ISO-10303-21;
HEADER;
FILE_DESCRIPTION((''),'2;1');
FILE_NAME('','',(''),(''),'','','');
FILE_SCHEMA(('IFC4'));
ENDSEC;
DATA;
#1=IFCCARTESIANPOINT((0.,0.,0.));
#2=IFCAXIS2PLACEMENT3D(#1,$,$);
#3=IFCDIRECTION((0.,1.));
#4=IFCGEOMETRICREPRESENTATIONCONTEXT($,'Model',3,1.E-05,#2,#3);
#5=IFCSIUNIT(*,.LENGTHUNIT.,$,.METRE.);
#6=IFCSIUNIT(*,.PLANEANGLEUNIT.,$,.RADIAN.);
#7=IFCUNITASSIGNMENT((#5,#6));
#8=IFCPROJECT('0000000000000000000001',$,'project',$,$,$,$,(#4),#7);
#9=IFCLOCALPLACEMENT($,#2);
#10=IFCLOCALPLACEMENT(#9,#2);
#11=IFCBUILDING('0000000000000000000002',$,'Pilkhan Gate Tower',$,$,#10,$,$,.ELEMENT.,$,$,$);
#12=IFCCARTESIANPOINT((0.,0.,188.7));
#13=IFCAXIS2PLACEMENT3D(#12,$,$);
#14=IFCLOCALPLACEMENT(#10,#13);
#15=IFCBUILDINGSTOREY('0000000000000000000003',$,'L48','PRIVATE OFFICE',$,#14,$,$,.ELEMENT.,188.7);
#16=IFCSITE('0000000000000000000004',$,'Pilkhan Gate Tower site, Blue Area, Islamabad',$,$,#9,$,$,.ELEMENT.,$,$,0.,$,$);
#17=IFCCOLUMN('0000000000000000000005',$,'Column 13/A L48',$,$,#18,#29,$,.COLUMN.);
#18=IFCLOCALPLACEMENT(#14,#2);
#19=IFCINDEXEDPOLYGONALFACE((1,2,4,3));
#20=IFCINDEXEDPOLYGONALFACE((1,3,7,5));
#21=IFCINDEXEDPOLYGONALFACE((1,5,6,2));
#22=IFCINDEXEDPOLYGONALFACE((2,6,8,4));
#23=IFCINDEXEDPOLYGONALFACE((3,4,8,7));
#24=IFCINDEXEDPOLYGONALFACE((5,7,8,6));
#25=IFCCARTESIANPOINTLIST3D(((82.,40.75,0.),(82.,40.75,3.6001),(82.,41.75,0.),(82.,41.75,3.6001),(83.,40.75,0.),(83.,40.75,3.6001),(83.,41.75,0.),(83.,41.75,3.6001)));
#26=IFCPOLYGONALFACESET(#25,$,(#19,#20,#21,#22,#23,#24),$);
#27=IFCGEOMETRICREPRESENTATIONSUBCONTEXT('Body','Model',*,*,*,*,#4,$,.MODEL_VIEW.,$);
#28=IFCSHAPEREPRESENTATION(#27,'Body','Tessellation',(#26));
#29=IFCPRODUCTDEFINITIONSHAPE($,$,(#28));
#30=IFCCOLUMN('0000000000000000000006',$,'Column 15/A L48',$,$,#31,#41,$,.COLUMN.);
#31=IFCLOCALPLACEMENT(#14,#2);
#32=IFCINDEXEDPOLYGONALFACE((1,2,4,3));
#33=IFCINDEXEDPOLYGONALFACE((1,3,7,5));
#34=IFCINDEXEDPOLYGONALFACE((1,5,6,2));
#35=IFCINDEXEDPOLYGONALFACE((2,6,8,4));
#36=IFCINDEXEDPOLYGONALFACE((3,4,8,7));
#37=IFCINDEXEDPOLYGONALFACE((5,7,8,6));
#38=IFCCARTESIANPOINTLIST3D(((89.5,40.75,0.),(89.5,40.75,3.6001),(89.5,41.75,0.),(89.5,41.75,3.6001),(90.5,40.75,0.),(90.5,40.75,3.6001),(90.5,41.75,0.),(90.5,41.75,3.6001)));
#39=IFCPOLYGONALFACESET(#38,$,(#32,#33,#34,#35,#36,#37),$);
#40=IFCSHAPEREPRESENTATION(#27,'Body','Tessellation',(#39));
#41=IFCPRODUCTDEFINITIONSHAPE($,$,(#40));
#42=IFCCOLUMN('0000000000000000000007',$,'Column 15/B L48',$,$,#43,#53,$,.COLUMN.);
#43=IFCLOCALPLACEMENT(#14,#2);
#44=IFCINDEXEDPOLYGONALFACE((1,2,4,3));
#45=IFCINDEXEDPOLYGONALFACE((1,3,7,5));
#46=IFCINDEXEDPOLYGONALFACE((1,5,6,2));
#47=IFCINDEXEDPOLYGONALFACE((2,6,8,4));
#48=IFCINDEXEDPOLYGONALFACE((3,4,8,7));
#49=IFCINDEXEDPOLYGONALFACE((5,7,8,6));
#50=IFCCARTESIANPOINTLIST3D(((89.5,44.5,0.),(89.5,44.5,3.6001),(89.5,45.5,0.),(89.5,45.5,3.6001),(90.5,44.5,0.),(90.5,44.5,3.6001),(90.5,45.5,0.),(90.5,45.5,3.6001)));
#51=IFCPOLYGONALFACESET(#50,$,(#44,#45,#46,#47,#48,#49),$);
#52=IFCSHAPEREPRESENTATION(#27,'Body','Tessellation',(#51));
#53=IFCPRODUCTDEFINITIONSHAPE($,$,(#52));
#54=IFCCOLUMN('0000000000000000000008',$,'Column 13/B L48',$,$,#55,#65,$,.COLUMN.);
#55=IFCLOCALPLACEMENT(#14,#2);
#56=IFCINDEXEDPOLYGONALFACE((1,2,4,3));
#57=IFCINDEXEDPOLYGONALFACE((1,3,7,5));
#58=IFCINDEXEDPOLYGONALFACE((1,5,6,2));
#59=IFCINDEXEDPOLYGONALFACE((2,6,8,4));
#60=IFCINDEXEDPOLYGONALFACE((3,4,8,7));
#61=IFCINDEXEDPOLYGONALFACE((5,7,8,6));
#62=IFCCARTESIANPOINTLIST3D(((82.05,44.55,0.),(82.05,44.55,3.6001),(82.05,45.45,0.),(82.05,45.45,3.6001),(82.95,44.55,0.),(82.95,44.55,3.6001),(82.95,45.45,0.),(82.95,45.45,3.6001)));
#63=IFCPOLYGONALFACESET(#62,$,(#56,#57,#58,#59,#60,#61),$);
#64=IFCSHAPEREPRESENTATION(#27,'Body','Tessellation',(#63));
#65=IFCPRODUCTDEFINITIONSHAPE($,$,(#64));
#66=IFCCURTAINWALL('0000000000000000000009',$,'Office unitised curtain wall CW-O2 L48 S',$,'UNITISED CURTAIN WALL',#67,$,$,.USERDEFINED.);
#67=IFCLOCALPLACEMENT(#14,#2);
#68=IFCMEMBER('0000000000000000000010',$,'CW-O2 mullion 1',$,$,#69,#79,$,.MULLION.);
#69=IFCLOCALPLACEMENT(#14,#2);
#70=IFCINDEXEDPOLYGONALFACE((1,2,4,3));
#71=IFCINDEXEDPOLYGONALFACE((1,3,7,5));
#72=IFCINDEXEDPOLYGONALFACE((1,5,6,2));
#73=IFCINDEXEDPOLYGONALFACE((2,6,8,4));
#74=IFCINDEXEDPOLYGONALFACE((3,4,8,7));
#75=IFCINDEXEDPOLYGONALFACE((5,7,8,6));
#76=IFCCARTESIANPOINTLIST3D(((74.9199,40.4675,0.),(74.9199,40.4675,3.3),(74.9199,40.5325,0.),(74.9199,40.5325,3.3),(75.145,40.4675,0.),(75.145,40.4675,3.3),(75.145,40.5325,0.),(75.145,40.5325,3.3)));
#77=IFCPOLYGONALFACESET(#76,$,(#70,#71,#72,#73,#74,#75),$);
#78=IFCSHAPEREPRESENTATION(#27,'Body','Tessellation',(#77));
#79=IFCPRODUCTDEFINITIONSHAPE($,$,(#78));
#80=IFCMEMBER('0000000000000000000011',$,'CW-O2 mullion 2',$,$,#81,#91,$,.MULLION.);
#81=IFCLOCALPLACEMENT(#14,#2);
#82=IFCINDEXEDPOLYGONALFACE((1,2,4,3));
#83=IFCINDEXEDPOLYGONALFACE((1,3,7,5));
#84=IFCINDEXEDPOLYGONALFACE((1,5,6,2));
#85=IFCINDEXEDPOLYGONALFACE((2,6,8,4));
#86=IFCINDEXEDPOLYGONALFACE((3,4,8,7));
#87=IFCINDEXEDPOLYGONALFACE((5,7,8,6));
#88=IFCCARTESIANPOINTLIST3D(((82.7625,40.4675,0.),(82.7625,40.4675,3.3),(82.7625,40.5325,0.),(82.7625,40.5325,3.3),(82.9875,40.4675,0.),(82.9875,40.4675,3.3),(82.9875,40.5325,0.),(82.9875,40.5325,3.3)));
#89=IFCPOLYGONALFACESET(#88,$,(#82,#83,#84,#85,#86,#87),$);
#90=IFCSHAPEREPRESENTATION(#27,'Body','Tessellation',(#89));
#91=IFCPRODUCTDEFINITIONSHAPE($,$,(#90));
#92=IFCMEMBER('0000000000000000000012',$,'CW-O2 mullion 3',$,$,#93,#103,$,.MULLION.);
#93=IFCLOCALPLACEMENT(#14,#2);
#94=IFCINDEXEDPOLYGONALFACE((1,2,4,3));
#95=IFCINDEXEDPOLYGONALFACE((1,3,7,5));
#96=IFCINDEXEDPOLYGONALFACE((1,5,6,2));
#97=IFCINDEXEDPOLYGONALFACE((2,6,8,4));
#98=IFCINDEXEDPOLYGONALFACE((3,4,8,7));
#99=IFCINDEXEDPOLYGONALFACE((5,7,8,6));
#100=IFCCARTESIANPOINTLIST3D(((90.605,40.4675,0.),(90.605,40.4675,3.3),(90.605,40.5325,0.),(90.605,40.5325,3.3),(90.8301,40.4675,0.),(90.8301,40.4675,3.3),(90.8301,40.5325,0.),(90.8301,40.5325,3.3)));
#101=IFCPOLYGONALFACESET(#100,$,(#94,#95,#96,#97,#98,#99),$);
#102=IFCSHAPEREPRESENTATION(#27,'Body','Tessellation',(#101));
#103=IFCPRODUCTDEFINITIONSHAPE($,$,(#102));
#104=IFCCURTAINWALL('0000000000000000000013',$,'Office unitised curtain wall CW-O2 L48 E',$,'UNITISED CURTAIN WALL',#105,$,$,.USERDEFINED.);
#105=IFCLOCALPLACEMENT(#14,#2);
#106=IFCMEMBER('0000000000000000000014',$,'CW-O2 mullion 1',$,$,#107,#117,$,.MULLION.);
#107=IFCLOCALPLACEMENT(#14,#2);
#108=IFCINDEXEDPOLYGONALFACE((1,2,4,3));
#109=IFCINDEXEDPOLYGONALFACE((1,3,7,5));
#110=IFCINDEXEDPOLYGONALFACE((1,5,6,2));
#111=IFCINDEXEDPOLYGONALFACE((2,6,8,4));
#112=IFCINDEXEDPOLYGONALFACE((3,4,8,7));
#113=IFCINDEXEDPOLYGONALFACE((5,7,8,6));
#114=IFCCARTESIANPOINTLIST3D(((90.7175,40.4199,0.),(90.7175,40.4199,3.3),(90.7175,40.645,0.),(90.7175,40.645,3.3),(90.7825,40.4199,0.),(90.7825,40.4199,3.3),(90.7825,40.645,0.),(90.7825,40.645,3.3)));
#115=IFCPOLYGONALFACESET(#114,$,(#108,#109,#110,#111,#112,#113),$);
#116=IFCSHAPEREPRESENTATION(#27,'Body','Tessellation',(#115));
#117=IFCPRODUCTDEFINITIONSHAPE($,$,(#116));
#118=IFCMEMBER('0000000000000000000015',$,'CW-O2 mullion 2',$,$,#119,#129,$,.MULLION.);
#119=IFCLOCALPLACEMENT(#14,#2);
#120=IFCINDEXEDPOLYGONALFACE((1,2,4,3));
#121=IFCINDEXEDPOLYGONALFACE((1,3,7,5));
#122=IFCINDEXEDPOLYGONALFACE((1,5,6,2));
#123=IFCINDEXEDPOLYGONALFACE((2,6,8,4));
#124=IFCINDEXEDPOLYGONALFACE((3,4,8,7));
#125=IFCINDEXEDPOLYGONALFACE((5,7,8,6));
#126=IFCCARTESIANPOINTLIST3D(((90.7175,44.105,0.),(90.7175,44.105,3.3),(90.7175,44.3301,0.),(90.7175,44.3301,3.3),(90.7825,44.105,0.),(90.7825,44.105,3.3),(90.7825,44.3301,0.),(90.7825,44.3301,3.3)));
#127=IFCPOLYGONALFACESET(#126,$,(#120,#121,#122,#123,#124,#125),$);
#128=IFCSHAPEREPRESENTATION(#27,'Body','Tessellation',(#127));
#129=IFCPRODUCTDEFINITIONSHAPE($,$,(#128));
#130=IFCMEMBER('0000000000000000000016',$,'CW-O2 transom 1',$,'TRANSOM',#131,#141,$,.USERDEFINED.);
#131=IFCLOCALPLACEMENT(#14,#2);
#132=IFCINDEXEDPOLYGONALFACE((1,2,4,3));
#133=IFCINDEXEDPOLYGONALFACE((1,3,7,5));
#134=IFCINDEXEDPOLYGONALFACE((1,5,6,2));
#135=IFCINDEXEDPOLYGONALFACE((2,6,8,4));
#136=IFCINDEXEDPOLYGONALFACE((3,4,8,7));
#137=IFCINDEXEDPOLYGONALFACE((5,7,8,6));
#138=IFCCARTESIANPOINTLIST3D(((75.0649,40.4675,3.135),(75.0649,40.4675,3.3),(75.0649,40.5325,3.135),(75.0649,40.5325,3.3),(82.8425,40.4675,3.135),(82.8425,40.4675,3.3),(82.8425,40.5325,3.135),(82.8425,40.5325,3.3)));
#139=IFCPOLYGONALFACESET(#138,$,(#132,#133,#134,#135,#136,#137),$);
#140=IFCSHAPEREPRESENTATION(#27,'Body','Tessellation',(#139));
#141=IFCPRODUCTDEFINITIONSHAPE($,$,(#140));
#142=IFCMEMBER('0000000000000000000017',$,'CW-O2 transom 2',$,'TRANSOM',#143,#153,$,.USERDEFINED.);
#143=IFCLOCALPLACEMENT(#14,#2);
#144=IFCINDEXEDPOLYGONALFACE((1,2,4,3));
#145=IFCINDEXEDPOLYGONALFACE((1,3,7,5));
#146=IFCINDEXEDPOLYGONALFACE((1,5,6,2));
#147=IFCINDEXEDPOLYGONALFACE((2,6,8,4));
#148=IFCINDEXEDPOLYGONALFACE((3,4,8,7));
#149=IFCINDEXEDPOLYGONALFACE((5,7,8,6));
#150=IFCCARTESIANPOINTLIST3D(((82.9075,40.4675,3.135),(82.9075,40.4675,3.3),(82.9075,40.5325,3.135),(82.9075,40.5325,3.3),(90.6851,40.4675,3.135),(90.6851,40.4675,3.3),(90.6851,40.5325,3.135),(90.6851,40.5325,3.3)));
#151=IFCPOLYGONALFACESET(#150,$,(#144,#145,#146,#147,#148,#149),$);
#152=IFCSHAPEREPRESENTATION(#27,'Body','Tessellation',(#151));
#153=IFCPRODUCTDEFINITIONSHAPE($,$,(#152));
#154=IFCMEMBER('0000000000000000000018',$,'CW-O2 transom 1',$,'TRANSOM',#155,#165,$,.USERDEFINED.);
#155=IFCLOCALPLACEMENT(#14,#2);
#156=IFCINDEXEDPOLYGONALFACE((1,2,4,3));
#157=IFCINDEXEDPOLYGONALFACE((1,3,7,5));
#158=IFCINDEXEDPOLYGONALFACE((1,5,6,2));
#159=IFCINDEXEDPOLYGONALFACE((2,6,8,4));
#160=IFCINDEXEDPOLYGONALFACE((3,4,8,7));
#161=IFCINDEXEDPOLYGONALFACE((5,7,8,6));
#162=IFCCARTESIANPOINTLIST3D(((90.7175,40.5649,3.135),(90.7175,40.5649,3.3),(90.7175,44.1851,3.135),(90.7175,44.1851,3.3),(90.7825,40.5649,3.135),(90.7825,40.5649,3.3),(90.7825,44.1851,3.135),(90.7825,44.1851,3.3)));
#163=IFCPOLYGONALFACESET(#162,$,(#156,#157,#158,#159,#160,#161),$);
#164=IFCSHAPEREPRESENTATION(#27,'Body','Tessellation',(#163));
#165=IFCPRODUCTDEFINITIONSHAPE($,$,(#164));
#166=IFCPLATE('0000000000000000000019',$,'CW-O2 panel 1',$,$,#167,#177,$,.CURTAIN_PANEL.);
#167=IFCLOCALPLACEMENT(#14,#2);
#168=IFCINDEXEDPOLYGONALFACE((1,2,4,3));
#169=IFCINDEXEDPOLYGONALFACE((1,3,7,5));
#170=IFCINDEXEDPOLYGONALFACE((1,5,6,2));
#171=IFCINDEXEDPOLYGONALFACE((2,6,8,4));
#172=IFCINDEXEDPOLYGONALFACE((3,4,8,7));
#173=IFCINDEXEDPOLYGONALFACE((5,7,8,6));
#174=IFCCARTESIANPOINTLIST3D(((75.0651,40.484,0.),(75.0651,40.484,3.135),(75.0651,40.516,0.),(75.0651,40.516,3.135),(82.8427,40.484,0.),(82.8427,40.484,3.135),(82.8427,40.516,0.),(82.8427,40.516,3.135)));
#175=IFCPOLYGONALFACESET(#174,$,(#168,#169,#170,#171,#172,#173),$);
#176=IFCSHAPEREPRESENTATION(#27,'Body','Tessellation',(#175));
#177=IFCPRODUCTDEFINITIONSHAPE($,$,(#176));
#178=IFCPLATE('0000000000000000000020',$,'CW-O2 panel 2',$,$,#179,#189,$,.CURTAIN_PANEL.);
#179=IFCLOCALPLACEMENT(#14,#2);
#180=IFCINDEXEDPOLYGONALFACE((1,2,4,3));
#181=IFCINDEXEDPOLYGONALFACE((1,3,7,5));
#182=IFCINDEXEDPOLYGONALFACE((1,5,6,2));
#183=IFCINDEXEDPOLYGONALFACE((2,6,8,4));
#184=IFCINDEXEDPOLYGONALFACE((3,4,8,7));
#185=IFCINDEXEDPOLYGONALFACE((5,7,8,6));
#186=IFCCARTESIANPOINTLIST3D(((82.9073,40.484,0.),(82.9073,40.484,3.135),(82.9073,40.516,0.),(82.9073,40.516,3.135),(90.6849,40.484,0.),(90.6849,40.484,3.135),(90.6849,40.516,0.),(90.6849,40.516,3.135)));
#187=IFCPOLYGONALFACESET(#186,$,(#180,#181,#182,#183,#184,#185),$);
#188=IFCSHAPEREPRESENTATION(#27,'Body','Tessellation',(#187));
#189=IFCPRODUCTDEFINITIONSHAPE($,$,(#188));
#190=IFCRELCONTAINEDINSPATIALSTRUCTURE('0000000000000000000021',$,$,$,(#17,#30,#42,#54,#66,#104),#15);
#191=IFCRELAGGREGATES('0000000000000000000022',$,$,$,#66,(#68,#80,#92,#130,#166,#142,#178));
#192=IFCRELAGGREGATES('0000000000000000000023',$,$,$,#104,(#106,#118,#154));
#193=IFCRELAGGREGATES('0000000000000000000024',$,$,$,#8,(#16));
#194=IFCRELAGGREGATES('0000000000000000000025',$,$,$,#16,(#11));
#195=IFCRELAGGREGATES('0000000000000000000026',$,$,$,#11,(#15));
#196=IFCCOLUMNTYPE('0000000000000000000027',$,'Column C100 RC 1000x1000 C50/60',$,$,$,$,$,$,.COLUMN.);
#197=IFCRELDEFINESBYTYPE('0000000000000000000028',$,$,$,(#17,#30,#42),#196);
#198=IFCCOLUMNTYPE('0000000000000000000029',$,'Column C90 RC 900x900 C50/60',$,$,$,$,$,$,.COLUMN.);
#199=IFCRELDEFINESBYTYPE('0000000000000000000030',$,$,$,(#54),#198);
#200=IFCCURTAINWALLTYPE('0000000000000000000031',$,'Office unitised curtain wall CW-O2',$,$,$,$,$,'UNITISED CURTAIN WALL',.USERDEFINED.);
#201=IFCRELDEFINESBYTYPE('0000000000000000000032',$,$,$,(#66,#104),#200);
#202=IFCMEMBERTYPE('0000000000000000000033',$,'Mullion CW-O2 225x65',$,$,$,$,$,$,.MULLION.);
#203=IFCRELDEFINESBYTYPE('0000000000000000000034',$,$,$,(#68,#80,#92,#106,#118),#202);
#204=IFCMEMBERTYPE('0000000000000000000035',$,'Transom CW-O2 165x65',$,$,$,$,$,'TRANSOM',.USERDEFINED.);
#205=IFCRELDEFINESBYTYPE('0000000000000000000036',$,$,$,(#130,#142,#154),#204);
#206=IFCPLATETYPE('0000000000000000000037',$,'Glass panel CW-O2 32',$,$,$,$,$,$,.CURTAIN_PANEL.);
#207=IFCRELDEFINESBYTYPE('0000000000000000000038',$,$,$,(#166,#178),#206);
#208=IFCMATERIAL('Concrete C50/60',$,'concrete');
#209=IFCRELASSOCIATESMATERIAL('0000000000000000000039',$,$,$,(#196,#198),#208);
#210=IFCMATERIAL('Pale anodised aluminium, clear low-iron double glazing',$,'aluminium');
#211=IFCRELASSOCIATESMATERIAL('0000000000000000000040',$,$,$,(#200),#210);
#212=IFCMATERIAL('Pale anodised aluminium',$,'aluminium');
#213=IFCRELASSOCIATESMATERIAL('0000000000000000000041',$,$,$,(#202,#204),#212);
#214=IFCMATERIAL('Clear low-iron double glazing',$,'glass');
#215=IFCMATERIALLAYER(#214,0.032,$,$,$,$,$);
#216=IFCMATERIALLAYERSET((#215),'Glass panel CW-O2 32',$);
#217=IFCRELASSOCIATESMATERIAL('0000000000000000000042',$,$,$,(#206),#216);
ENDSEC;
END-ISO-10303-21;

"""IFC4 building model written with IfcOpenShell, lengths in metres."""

from ifc_helpers import new_model, si_unit, direction, frame, origin, origin_2d, place, context, subcontext, project, spatial, rectangle, extrude, material, layer, layer_set, material_profile, profile_set, type_object, element, aggregate, save


model = new_model("IFC4")

# Units and contexts
model_context = context("Model", 3, precision=1e-05, world=origin(), true_north=direction((0.0, 1.0)))
body_context = subcontext(model_context, "Body", "Model", "MODEL_VIEW")
ifc_project = project(units=[si_unit("LENGTHUNIT", "METRE"), si_unit("PLANEANGLEUNIT", "RADIAN")], contexts=[model_context])

# Site, building, storey
site_placement = place(None, origin())
site = spatial("IfcSite", under=ifc_project, at=site_placement, Name="Pilkhan Gate Tower site, Blue Area, Islamabad", CompositionType="ELEMENT", RefElevation=0.0)
building_placement = place(site_placement, origin())
building = spatial("IfcBuilding", under=site, at=building_placement, Name="Pilkhan Gate Tower", CompositionType="ELEMENT")
storey_placement = place(building_placement, frame((0.0, 0.0, 188.7)))
storey = spatial("IfcBuildingStorey", under=building, at=storey_placement, Name="L48", Description="PRIVATE OFFICE", CompositionType="ELEMENT", Elevation=188.7)

# Columns
ifc_material_1 = material(Name="Concrete C50/60", Category="concrete")
ifc_material_profile_1 = material_profile(ifc_material_1, rectangle(XDim=1.0, YDim=1.0, at=origin_2d()), Name="RC 1000x1000")
ifc_profile_set_1 = profile_set([ifc_material_profile_1], Name="Concrete C50/60")
column_type_1 = type_object("IfcColumnType", Name="Column C100 RC 1000x1000 C50/60", PredefinedType="COLUMN", material=ifc_profile_set_1)
for number, where, z_axis, x_axis, name in (
    (1, (82.5, 41.25, 0.0), (0.0, 0.0, 1.0), (1.0, 0.0, 0.0), "Column 13/A L48"),
    (2, (90.0, 41.25, 0.0), (0.0, 0.0, 1.0), (1.0, 0.0, 0.0), "Column 15/A L48"),
    (3, (90.0, 45.0, 0.0), (0.0, 0.0, 1.0), (1.0, 0.0, 0.0), "Column 15/B L48"),
):
    element("IfcColumn", number, at=place(storey_placement, frame(where, z_axis=z_axis, x_axis=x_axis)), inside=storey, type_object=column_type_1, Name=name, PredefinedType="COLUMN", context=body_context, shape_type="SweptSolid", body=[
        extrude(rectangle(XDim=1.0, YDim=1.0, at=origin_2d()), origin(), (0.0, 0.0, 1.0), 3.6001),
    ])
ifc_material_profile_2 = material_profile(ifc_material_1, rectangle(XDim=0.8999, YDim=0.8999, at=origin_2d()), Name="RC 900x900")
ifc_profile_set_2 = profile_set([ifc_material_profile_2], Name="Concrete C50/60")
column_type_2 = type_object("IfcColumnType", Name="Column C90 RC 900x900 C50/60", PredefinedType="COLUMN", material=ifc_profile_set_2)
column_placement = place(storey_placement, frame((82.5, 45.0, 0.0), z_axis=(0.0, 0.0, 1.0), x_axis=(1.0, 0.0, 0.0)))
element("IfcColumn", 4, at=column_placement, inside=storey, type_object=column_type_2, Name="Column 13/B L48", PredefinedType="COLUMN", context=body_context, shape_type="SweptSolid", body=[
    extrude(rectangle(XDim=0.8999, YDim=0.8999, at=origin_2d()), origin(), (0.0, 0.0, 1.0), 3.6001),
])

# Curtain walls, members
ifc_material_2 = material(Name="Pale anodised aluminium, clear low-iron double glazing", Category="aluminium")
curtain_wall_type = type_object("IfcCurtainWallType", Name="Office unitised curtain wall CW-O2", ElementType="UNITISED CURTAIN WALL", PredefinedType="USERDEFINED", material=ifc_material_2)
curtain_wall_1_placement = place(storey_placement, origin())
curtain_wall_1 = element("IfcCurtainWall", 5, at=curtain_wall_1_placement, inside=storey, type_object=curtain_wall_type, Name="Office unitised curtain wall CW-O2 L48 S", ObjectType="UNITISED CURTAIN WALL", PredefinedType="USERDEFINED")
ifc_material_3 = material(Name="Pale anodised aluminium", Category="aluminium")
ifc_material_profile_3 = material_profile(ifc_material_3, rectangle(XDim=0.0649, YDim=0.2251, at=origin_2d()), Name="Mullion 225x65")
ifc_profile_set_3 = profile_set([ifc_material_profile_3], Name="Pale anodised aluminium")
member_type_1 = type_object("IfcMemberType", Name="Mullion CW-O2 225x65", PredefinedType="MULLION", material=ifc_profile_set_3)
member_1_placement = place(storey_placement, frame((75.0325, 40.5, 0.0), z_axis=(0.0, 0.0, 1.0), x_axis=(0.0, 1.0, 0.0)))
member_1 = element("IfcMember", 6, at=member_1_placement, type_object=member_type_1, Name="CW-O2 mullion 1", PredefinedType="MULLION", context=body_context, shape_type="SweptSolid", body=[
    extrude(rectangle(XDim=0.0649, YDim=0.2251, at=origin_2d()), origin(), (0.0, 0.0, 1.0), 3.3),
])
member_2_placement = place(storey_placement, frame((82.875, 40.5, 0.0), z_axis=(0.0, 0.0, 1.0), x_axis=(0.0, 1.0, 0.0)))
member_2 = element("IfcMember", 7, at=member_2_placement, type_object=member_type_1, Name="CW-O2 mullion 2", PredefinedType="MULLION", context=body_context, shape_type="SweptSolid", body=[
    extrude(rectangle(XDim=0.0649, YDim=0.2251, at=origin_2d()), origin(), (0.0, 0.0, 1.0), 3.3),
])
member_3_placement = place(storey_placement, frame((90.7175, 40.5, 0.0), z_axis=(0.0, 0.0, 1.0), x_axis=(0.0, 1.0, 0.0)))
member_3 = element("IfcMember", 8, at=member_3_placement, type_object=member_type_1, Name="CW-O2 mullion 3", PredefinedType="MULLION", context=body_context, shape_type="SweptSolid", body=[
    extrude(rectangle(XDim=0.0649, YDim=0.2251, at=origin_2d()), origin(), (0.0, 0.0, 1.0), 3.3),
])
curtain_wall_2_placement = place(storey_placement, origin())
curtain_wall_2 = element("IfcCurtainWall", 9, at=curtain_wall_2_placement, inside=storey, type_object=curtain_wall_type, Name="Office unitised curtain wall CW-O2 L48 E", ObjectType="UNITISED CURTAIN WALL", PredefinedType="USERDEFINED")
member_4_placement = place(storey_placement, frame((90.75, 40.5325, 0.0), z_axis=(0.0, 0.0, 1.0), x_axis=(-1.0, 0.0, 0.0)))
member_4 = element("IfcMember", 10, at=member_4_placement, type_object=member_type_1, Name="CW-O2 mullion 1", PredefinedType="MULLION", context=body_context, shape_type="SweptSolid", body=[
    extrude(rectangle(XDim=0.0649, YDim=0.2251, at=origin_2d()), origin(), (0.0, 0.0, 1.0), 3.3),
])
member_5_placement = place(storey_placement, frame((90.75, 44.2175, 0.0), z_axis=(0.0, 0.0, 1.0), x_axis=(-1.0, 0.0, 0.0)))
member_5 = element("IfcMember", 11, at=member_5_placement, type_object=member_type_1, Name="CW-O2 mullion 2", PredefinedType="MULLION", context=body_context, shape_type="SweptSolid", body=[
    extrude(rectangle(XDim=0.0649, YDim=0.2251, at=origin_2d()), origin(), (0.0, 0.0, 1.0), 3.3),
])

# Members
ifc_material_profile_4 = material_profile(ifc_material_3, rectangle(XDim=0.0649, YDim=0.165, at=origin_2d()), Name="Transom 165x65")
ifc_profile_set_4 = profile_set([ifc_material_profile_4], Name="Pale anodised aluminium")
member_type_2 = type_object("IfcMemberType", Name="Transom CW-O2 165x65", ElementType="TRANSOM", PredefinedType="USERDEFINED", material=ifc_profile_set_4)
member_6_placement = place(storey_placement, frame((75.0649, 40.5, 3.2175), z_axis=(1.0, 0.0, 0.0), x_axis=(0.0, 1.0, 0.0)))
member_6 = element("IfcMember", 12, at=member_6_placement, type_object=member_type_2, Name="CW-O2 transom 1", ObjectType="TRANSOM", PredefinedType="USERDEFINED", context=body_context, shape_type="SweptSolid", body=[
    extrude(rectangle(XDim=0.0649, YDim=0.165, at=origin_2d()), origin(), (0.0, 0.0, 1.0), 7.7776),
])
member_7_placement = place(storey_placement, frame((82.9075, 40.5, 3.2175), z_axis=(1.0, 0.0, 0.0), x_axis=(0.0, 1.0, 0.0)))
member_7 = element("IfcMember", 13, at=member_7_placement, type_object=member_type_2, Name="CW-O2 transom 2", ObjectType="TRANSOM", PredefinedType="USERDEFINED", context=body_context, shape_type="SweptSolid", body=[
    extrude(rectangle(XDim=0.0649, YDim=0.165, at=origin_2d()), origin(), (0.0, 0.0, 1.0), 7.7776),
])
member_8_placement = place(storey_placement, frame((90.75, 40.5649, 3.2175), z_axis=(0.0, 1.0, 0.0), x_axis=(-1.0, 0.0, 0.0)))
member_8 = element("IfcMember", 14, at=member_8_placement, type_object=member_type_2, Name="CW-O2 transom 1", ObjectType="TRANSOM", PredefinedType="USERDEFINED", context=body_context, shape_type="SweptSolid", body=[
    extrude(rectangle(XDim=0.0649, YDim=0.165, at=origin_2d()), origin(), (0.0, 0.0, 1.0), 3.6201),
])

# Plates
ifc_material_4 = material(Name="Clear low-iron double glazing", Category="glass")
ifc_layer_1 = layer(ifc_material_4, 0.032)
ifc_layer_set_1 = layer_set([ifc_layer_1], Name="Glass panel CW-O2 32")
plate_type = type_object("IfcPlateType", Name="Glass panel CW-O2 32", PredefinedType="CURTAIN_PANEL", material=ifc_layer_set_1)
plate_1_placement = place(storey_placement, frame((78.9539, 40.5, 0.0), z_axis=(0.0, 0.0, 1.0), x_axis=(1.0, 0.0, 0.0)))
plate_1 = element("IfcPlate", 15, at=plate_1_placement, type_object=plate_type, Name="CW-O2 panel 1", PredefinedType="CURTAIN_PANEL", context=body_context, shape_type="SweptSolid", body=[
    extrude(rectangle(XDim=7.7776, YDim=0.032, at=origin_2d()), origin(), (0.0, 0.0, 1.0), 3.135),
])
plate_2_placement = place(storey_placement, frame((86.7961, 40.5, 0.0), z_axis=(0.0, 0.0, 1.0), x_axis=(1.0, 0.0, 0.0)))
plate_2 = element("IfcPlate", 16, at=plate_2_placement, type_object=plate_type, Name="CW-O2 panel 2", PredefinedType="CURTAIN_PANEL", context=body_context, shape_type="SweptSolid", body=[
    extrude(rectangle(XDim=7.7776, YDim=0.032, at=origin_2d()), origin(), (0.0, 0.0, 1.0), 3.135),
])
aggregate(curtain_wall_1, [member_1, member_2, member_3, member_6, plate_1, member_7, plate_2])
aggregate(curtain_wall_2, [member_4, member_5, member_8])

save(model, "model.ifc")
